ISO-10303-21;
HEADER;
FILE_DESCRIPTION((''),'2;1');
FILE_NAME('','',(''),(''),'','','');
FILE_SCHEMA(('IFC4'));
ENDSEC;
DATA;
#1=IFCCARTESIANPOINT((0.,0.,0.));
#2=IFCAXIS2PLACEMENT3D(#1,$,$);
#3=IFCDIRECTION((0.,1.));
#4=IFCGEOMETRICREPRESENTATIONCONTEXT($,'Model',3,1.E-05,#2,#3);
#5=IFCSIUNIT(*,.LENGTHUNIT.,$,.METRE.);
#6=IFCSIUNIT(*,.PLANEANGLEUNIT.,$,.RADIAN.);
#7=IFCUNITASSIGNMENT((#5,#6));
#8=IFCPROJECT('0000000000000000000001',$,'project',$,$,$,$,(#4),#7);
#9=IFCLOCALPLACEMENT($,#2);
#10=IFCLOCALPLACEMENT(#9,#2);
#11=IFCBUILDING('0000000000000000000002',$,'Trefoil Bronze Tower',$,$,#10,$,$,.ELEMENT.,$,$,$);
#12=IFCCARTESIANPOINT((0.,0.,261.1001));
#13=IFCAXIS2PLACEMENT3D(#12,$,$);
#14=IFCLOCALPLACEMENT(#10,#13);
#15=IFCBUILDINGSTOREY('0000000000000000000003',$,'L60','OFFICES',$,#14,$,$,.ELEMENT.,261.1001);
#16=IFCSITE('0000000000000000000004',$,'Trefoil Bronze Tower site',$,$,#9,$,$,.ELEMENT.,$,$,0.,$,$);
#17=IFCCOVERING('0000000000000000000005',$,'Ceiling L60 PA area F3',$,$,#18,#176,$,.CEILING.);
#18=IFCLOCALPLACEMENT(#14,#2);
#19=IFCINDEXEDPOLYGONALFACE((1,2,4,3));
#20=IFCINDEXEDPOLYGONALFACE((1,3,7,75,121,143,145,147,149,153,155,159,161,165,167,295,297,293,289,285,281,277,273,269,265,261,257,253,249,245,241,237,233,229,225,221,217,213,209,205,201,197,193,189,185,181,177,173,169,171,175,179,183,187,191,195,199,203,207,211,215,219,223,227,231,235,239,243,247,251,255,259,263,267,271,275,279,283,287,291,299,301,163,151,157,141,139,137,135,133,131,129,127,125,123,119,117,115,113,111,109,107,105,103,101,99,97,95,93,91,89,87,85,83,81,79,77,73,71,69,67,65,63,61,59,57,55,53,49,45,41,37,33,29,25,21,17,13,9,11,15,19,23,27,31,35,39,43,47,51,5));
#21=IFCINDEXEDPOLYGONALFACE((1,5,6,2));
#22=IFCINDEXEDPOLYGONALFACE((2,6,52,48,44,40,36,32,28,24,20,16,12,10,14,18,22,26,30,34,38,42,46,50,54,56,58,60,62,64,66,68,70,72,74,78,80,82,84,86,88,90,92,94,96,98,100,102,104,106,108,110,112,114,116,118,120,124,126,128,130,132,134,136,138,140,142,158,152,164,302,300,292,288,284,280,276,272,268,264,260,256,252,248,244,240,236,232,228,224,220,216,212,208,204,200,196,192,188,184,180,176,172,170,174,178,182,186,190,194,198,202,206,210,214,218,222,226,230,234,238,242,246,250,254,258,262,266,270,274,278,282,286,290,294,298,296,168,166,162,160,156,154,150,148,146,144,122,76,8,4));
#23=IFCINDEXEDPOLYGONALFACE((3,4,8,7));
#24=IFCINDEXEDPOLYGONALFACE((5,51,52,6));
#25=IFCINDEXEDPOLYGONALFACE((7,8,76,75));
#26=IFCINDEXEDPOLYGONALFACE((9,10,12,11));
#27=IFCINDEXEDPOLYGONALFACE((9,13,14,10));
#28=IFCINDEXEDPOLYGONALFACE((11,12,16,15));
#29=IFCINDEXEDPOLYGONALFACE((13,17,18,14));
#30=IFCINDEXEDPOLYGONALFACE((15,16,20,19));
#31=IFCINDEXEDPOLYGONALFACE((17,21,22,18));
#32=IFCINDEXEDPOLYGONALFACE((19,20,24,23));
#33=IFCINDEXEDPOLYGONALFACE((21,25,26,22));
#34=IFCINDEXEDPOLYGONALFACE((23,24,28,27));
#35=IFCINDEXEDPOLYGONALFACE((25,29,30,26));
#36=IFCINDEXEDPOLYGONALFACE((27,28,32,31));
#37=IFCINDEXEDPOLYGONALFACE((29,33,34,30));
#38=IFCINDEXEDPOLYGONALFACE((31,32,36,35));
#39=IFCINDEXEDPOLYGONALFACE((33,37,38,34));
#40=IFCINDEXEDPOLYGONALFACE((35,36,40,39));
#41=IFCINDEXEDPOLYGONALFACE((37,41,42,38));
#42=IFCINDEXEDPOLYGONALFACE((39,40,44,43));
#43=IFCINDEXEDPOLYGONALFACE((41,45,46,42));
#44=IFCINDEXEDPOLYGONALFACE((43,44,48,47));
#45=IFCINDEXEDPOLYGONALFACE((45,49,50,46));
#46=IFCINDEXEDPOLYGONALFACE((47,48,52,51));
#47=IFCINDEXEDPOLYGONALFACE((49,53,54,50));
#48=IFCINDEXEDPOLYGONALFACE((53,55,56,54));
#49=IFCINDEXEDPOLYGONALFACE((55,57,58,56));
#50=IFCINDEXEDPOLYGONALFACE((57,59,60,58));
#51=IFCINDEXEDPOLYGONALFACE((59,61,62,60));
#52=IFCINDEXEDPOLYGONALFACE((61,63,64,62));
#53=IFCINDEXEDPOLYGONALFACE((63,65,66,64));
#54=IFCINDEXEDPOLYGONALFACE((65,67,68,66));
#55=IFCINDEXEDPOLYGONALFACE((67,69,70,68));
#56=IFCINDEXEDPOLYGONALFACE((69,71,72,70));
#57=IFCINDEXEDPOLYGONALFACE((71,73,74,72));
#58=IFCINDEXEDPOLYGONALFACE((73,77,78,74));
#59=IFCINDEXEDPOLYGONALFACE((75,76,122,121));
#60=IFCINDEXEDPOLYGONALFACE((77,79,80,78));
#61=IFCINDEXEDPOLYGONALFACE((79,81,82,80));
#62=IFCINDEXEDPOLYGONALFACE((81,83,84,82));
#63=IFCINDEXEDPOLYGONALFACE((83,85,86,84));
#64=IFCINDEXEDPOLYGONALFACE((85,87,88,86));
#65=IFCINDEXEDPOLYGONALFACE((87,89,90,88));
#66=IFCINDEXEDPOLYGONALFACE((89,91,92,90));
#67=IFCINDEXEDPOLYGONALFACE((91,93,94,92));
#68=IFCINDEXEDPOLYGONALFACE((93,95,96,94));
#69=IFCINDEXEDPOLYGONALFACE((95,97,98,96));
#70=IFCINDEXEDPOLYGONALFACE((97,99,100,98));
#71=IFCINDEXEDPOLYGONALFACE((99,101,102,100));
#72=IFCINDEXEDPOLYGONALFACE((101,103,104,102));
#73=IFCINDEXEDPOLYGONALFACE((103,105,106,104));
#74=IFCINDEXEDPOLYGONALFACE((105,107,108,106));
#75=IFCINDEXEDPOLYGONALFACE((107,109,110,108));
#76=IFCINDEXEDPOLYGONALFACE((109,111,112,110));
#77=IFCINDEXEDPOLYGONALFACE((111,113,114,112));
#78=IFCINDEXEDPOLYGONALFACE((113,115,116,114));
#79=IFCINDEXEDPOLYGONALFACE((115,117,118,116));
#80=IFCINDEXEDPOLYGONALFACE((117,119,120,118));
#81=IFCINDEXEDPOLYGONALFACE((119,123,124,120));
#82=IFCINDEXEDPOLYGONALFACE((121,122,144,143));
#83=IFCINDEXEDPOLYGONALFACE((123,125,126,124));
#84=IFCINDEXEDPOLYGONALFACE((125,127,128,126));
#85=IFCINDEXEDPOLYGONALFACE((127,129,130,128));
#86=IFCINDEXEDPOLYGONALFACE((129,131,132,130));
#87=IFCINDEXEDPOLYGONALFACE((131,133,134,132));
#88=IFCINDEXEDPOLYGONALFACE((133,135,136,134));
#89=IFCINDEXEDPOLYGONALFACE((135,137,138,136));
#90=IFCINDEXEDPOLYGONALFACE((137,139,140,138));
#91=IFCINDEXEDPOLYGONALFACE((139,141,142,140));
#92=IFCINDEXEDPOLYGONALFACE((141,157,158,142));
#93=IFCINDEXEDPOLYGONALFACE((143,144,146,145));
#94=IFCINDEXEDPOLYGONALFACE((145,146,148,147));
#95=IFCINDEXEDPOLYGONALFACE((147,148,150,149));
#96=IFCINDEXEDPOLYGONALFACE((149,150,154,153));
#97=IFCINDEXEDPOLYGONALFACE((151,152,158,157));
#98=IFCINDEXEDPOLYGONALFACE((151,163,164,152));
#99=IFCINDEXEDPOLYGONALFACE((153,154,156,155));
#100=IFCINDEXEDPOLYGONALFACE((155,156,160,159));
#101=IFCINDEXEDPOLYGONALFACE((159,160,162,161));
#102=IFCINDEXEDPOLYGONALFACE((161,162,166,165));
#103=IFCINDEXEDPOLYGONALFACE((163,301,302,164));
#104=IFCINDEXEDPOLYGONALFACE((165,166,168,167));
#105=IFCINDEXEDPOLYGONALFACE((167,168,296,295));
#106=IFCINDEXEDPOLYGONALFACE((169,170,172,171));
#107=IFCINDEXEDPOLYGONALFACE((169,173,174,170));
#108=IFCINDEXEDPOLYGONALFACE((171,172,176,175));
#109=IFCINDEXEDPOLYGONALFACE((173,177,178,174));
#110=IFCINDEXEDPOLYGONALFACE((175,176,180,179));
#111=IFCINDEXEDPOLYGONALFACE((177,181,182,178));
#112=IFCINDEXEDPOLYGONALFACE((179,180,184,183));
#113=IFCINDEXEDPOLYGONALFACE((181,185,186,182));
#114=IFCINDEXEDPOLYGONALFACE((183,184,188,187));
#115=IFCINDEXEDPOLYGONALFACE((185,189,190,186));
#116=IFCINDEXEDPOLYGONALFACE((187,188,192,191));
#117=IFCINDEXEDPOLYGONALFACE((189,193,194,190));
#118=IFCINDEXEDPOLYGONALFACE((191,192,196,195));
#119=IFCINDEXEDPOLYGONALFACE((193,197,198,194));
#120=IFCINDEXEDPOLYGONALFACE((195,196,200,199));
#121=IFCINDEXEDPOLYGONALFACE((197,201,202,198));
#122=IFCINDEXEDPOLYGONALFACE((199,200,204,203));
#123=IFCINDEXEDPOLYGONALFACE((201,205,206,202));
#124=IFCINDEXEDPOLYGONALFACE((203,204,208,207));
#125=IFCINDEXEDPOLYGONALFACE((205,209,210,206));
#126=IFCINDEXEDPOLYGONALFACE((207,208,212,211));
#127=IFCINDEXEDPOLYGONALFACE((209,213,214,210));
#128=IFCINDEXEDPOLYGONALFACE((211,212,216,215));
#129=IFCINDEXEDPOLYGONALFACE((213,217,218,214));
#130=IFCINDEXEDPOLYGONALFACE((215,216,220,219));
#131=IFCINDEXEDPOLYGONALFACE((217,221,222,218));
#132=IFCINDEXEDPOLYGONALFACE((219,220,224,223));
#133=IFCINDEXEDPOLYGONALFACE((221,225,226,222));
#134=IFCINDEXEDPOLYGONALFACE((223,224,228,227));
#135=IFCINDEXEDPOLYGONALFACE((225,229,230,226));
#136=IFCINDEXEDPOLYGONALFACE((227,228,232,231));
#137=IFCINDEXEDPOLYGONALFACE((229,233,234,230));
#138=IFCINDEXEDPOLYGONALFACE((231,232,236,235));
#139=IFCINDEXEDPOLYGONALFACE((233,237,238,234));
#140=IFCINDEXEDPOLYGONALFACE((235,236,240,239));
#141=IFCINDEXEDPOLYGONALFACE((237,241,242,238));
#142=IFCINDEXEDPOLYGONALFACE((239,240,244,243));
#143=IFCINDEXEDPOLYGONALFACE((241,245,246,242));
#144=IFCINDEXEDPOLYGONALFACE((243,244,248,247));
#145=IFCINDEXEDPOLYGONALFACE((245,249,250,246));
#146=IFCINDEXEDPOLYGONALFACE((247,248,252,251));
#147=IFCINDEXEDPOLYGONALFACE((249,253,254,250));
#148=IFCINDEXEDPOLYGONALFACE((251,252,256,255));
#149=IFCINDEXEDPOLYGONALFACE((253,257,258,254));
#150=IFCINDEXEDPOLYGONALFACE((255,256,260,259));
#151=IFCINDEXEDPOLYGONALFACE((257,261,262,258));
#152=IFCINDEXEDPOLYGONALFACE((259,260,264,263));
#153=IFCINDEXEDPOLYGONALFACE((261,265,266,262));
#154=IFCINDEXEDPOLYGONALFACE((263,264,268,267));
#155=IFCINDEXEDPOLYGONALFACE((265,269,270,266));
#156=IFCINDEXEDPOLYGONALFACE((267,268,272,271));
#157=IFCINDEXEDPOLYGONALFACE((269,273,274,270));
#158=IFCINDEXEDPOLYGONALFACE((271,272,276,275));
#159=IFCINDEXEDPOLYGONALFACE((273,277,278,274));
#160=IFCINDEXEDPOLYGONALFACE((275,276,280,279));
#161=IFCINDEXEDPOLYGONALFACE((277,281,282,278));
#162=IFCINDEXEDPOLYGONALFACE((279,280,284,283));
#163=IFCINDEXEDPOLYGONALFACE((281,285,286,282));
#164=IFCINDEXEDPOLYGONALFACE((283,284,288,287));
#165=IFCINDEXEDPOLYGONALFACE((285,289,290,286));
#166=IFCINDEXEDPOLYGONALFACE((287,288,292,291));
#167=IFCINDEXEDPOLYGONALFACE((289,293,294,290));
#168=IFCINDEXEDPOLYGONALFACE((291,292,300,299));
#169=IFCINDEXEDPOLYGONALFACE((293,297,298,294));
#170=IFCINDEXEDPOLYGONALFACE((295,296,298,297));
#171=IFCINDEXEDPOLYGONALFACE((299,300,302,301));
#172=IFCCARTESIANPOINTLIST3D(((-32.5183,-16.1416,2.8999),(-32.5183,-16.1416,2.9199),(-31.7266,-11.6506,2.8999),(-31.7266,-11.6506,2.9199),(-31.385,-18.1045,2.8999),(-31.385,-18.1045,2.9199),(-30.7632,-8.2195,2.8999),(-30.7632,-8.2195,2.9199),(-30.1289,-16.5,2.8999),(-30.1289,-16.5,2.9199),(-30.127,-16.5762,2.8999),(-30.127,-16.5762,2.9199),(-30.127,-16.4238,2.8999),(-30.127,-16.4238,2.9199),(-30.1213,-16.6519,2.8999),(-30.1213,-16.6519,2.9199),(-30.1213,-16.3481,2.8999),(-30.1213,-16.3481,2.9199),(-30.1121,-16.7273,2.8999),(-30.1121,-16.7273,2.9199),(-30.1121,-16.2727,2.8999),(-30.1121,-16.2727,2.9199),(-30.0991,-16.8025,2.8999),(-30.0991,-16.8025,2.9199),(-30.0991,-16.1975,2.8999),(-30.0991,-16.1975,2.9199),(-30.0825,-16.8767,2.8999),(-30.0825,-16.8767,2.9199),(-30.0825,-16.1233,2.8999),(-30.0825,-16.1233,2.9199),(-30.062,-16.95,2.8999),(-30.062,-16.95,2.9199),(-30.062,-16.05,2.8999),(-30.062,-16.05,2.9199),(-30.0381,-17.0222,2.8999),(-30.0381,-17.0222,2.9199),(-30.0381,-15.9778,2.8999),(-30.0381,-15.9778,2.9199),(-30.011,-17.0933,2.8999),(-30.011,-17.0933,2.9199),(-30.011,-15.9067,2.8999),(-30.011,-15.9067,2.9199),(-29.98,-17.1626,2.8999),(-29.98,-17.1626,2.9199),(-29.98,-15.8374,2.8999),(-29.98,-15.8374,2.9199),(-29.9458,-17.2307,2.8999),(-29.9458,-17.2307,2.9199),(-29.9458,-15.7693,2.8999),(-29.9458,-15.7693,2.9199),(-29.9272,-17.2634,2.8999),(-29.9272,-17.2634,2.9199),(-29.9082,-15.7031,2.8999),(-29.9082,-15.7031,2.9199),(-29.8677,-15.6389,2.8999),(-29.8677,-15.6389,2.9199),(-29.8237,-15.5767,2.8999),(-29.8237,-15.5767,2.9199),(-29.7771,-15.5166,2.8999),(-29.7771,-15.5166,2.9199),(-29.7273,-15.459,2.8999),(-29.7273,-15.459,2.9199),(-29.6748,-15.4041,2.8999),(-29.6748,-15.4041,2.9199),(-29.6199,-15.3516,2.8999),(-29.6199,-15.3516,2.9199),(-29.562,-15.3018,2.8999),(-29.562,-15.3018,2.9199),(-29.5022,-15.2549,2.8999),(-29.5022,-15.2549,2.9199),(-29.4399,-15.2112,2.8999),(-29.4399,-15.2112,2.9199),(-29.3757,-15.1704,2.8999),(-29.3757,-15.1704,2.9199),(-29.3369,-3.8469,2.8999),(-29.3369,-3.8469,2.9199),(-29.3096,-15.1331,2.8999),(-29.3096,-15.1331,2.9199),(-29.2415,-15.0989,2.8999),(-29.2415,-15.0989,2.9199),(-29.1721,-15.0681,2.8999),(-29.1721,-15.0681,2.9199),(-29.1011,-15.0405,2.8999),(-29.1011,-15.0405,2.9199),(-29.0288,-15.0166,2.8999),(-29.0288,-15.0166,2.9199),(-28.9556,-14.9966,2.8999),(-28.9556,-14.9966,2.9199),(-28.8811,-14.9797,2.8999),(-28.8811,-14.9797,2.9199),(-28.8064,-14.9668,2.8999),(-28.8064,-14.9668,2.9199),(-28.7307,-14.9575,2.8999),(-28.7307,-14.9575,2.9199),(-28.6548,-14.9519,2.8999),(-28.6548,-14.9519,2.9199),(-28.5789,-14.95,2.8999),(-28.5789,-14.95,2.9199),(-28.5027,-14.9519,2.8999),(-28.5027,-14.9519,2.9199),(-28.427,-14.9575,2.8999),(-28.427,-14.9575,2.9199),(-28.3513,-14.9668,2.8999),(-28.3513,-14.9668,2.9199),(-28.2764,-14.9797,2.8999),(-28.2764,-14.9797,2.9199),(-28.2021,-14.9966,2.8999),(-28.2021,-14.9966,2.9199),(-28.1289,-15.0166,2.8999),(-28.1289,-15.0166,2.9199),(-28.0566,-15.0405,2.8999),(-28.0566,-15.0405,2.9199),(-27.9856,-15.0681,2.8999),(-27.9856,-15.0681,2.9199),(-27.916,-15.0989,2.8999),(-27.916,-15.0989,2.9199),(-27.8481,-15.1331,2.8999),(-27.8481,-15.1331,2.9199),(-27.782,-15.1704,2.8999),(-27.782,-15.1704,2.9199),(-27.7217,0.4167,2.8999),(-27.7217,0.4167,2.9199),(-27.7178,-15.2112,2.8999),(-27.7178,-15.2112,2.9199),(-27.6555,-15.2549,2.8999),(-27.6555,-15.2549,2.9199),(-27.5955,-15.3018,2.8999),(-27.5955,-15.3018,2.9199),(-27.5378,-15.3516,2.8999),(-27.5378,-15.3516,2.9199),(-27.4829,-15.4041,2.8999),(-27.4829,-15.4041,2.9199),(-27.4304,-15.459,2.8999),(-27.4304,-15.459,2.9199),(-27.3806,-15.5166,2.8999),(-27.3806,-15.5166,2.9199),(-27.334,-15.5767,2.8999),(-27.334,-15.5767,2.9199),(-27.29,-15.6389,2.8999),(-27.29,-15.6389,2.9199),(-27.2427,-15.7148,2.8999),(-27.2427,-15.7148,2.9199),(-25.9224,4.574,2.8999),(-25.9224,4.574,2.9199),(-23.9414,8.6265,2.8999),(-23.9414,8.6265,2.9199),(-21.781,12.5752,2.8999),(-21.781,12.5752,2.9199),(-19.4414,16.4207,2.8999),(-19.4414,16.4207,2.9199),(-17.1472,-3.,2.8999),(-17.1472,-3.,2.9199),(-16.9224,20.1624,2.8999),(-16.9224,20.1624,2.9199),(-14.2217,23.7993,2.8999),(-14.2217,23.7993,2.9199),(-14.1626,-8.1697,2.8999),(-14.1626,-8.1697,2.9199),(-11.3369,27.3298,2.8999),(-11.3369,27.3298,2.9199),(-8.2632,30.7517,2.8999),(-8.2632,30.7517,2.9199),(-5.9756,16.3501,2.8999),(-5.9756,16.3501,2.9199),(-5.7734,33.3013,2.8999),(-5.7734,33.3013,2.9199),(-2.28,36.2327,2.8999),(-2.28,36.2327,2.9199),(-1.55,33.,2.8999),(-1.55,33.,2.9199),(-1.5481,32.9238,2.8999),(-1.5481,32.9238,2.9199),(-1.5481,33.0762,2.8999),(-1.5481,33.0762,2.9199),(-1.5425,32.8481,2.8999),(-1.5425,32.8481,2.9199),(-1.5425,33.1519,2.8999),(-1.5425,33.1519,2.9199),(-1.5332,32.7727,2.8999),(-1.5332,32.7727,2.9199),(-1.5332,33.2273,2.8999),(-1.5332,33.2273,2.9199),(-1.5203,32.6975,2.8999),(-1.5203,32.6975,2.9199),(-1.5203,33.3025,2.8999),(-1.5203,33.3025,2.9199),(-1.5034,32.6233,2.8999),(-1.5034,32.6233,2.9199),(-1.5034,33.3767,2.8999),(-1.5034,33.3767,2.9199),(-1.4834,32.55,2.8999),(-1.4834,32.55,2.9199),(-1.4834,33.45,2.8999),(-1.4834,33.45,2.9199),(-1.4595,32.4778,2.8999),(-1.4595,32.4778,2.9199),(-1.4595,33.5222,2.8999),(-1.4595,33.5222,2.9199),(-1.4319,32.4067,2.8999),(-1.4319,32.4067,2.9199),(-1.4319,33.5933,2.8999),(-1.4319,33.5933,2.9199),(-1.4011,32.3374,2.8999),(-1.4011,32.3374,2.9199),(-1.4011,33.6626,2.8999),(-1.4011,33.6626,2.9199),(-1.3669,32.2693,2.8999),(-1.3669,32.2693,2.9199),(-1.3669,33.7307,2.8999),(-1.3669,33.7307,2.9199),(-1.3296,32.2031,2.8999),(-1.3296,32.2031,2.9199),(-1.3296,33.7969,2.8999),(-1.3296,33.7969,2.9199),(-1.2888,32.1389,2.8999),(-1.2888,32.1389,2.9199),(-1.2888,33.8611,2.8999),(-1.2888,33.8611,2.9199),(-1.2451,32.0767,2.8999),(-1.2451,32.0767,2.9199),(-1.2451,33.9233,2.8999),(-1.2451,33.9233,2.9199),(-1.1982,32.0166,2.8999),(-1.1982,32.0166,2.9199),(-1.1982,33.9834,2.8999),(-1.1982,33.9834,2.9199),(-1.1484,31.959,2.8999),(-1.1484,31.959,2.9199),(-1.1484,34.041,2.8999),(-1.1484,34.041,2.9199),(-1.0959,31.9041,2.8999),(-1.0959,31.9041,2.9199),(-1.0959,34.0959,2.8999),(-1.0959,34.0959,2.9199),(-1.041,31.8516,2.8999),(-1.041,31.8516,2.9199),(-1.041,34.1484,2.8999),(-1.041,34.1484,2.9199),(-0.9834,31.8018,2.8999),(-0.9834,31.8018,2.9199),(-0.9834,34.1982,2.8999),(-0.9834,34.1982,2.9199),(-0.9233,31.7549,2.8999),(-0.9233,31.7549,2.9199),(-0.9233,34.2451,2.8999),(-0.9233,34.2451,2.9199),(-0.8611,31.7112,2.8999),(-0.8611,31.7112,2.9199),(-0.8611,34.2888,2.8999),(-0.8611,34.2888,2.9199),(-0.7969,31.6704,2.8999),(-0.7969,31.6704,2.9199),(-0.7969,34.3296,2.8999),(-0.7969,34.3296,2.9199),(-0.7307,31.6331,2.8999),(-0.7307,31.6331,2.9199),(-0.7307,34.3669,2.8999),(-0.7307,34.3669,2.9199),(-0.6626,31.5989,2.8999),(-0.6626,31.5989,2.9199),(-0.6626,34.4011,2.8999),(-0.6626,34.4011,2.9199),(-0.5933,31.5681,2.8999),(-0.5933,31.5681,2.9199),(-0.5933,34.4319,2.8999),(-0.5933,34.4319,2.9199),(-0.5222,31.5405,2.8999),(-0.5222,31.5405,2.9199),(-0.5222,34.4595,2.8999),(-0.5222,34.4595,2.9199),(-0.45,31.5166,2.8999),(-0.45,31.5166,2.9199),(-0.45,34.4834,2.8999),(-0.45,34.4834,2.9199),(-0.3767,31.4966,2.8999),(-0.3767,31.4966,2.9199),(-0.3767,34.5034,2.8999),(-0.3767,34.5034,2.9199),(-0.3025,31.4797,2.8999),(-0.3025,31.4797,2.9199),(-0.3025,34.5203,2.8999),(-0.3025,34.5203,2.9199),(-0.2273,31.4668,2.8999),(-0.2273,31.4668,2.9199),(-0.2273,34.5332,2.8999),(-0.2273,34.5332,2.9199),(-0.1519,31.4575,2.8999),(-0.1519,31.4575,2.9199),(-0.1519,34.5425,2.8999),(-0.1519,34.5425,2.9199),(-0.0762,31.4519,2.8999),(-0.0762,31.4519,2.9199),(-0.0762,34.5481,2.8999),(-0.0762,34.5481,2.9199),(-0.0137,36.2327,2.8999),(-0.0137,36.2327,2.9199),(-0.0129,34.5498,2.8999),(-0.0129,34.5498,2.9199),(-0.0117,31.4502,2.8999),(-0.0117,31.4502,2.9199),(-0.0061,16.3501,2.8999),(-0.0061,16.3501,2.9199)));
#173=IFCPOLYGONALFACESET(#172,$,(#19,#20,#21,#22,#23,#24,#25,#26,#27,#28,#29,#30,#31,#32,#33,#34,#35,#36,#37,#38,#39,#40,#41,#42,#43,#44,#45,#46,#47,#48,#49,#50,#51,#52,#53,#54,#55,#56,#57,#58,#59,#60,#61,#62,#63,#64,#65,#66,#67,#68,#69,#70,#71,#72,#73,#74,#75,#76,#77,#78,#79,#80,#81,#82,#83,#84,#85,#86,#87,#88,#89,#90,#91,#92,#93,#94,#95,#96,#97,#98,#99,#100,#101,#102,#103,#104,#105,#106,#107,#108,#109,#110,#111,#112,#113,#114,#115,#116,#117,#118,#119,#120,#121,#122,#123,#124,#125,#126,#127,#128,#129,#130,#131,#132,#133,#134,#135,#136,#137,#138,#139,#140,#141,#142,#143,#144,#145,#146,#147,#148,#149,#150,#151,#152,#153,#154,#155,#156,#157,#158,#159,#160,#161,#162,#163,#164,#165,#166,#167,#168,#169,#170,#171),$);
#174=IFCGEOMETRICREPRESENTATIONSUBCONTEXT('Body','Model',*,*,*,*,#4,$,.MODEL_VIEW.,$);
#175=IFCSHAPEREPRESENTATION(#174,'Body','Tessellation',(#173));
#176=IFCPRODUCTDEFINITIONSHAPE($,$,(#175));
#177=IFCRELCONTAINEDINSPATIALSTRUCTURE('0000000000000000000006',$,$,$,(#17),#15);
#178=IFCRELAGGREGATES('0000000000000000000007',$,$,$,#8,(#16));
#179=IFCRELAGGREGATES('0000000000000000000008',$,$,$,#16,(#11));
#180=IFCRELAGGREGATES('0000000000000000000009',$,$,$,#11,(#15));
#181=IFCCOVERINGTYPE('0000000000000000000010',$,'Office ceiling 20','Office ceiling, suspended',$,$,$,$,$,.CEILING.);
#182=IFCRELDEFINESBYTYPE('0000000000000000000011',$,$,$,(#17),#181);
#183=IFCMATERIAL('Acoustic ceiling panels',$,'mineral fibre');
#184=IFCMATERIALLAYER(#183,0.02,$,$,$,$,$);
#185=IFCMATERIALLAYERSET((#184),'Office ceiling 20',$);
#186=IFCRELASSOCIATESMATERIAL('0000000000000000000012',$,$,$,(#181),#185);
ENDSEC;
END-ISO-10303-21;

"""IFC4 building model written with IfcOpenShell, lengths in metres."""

from ifc_helpers import new_model, si_unit, direction, frame, origin, place, context, subcontext, project, spatial, polyline, outline, extrude, material, layer, layer_set, type_object, element, save


model = new_model("IFC4")

# Units and contexts
model_context = context("Model", 3, precision=1e-05, world=origin(), true_north=direction((0.0, 1.0)))
body_context = subcontext(model_context, "Body", "Model", "MODEL_VIEW")
ifc_project = project(units=[si_unit("LENGTHUNIT", "METRE"), si_unit("PLANEANGLEUNIT", "RADIAN")], contexts=[model_context])

# Site, building, storey
site_placement = place(None, origin())
site = spatial("IfcSite", under=ifc_project, at=site_placement, Name="Trefoil Bronze Tower site", CompositionType="ELEMENT", RefElevation=0.0)
building_placement = place(site_placement, origin())
building = spatial("IfcBuilding", under=site, at=building_placement, Name="Trefoil Bronze Tower", CompositionType="ELEMENT")
storey_placement = place(building_placement, frame((0.0, 0.0, 261.1001)))
storey = spatial("IfcBuildingStorey", under=building, at=storey_placement, Name="L60", Description="OFFICES", CompositionType="ELEMENT", Elevation=261.1001)

# Covering
ifc_material_1 = material(Name="Acoustic ceiling panels", Category="mineral fibre")
ifc_layer_1 = layer(ifc_material_1, 0.02)
ifc_layer_set_1 = layer_set([ifc_layer_1], Name="Office ceiling 20")
covering_type_1 = type_object("IfcCoveringType", Name="Office ceiling 20", Description="Office ceiling, suspended", PredefinedType="CEILING", material=ifc_layer_set_1)
covering_1_placement = place(storey_placement, frame((0.0, 0.0, 2.8999)))
element("IfcCovering", 1, at=covering_1_placement, inside=storey, type_object=covering_type_1, Name="Ceiling L60 PA area F3", PredefinedType="CEILING", context=body_context, shape_type="SweptSolid", body=[
    extrude(outline(polyline([(-30.7632, -8.2195), (-29.3369, -3.8469), (-27.7217, 0.4167), (-25.9224, 4.574), (-23.9414, 8.6265), (-21.781, 12.5752), (-19.4414, 16.4207), (-16.9224, 20.1624), (-14.2217, 23.7993), (-11.3369, 27.3298), (-8.2632, 30.7517), (-5.7734, 33.3013), (-2.28, 36.2327), (-0.0137, 36.2327), (-0.0129, 34.5498), (-0.0762, 34.5481), (-0.1519, 34.5425), (-0.2273, 34.5332), (-0.3025, 34.5203), (-0.3767, 34.5034), (-0.45, 34.4834), (-0.5222, 34.4595), (-0.5933, 34.4319), (-0.6626, 34.4011), (-0.7307, 34.3669), (-0.7969, 34.3296), (-0.8611, 34.2888), (-0.9233, 34.2451), (-0.9834, 34.1982), (-1.041, 34.1484), (-1.0959, 34.0959), (-1.1484, 34.041), (-1.1982, 33.9834), (-1.2451, 33.9233), (-1.2888, 33.8611), (-1.3296, 33.7969), (-1.3669, 33.7307), (-1.4011, 33.6626), (-1.4319, 33.5933), (-1.4595, 33.5222), (-1.4834, 33.45), (-1.5034, 33.3767), (-1.5203, 33.3025), (-1.5332, 33.2273), (-1.5425, 33.1519), (-1.5481, 33.0762), (-1.55, 33.0), (-1.5481, 32.9238), (-1.5425, 32.8481), (-1.5332, 32.7727), (-1.5203, 32.6975), (-1.5034, 32.6233), (-1.4834, 32.55), (-1.4595, 32.4778), (-1.4319, 32.4067), (-1.4011, 32.3374), (-1.3669, 32.2693), (-1.3296, 32.2031), (-1.2888, 32.1389), (-1.2451, 32.0767), (-1.1982, 32.0166), (-1.1484, 31.959), (-1.0959, 31.9041), (-1.041, 31.8516), (-0.9834, 31.8018), (-0.9233, 31.7549), (-0.8611, 31.7112), (-0.7969, 31.6704), (-0.7307, 31.6331), (-0.6626, 31.5989), (-0.5933, 31.5681), (-0.5222, 31.5405), (-0.45, 31.5166), (-0.3767, 31.4966), (-0.3025, 31.4797), (-0.2273, 31.4668), (-0.1519, 31.4575), (-0.0762, 31.4519), (-0.0117, 31.4502), (-0.0061, 16.3501), (-5.9756, 16.3501), (-17.1472, -3.0), (-14.1626, -8.1697), (-27.2427, -15.7148), (-27.29, -15.6389), (-27.334, -15.5767), (-27.3806, -15.5166), (-27.4304, -15.459), (-27.4829, -15.4041), (-27.5378, -15.3516), (-27.5955, -15.3018), (-27.6555, -15.2549), (-27.7178, -15.2112), (-27.782, -15.1704), (-27.8481, -15.1331), (-27.916, -15.0989), (-27.9856, -15.0681), (-28.0566, -15.0405), (-28.1289, -15.0166), (-28.2021, -14.9966), (-28.2764, -14.9797), (-28.3513, -14.9668), (-28.427, -14.9575), (-28.5027, -14.9519), (-28.5789, -14.95), (-28.6548, -14.9519), (-28.7307, -14.9575), (-28.8064, -14.9668), (-28.8811, -14.9797), (-28.9556, -14.9966), (-29.0288, -15.0166), (-29.1011, -15.0405), (-29.1721, -15.0681), (-29.2415, -15.0989), (-29.3096, -15.1331), (-29.3757, -15.1704), (-29.4399, -15.2112), (-29.5022, -15.2549), (-29.562, -15.3018), (-29.6199, -15.3516), (-29.6748, -15.4041), (-29.7273, -15.459), (-29.7771, -15.5166), (-29.8237, -15.5767), (-29.8677, -15.6389), (-29.9082, -15.7031), (-29.9458, -15.7693), (-29.98, -15.8374), (-30.011, -15.9067), (-30.0381, -15.9778), (-30.062, -16.05), (-30.0825, -16.1233), (-30.0991, -16.1975), (-30.1121, -16.2727), (-30.1213, -16.3481), (-30.127, -16.4238), (-30.1289, -16.5), (-30.127, -16.5762), (-30.1213, -16.6519), (-30.1121, -16.7273), (-30.0991, -16.8025), (-30.0825, -16.8767), (-30.062, -16.95), (-30.0381, -17.0222), (-30.011, -17.0933), (-29.98, -17.1626), (-29.9458, -17.2307), (-29.9272, -17.2634), (-31.385, -18.1045), (-32.5183, -16.1416), (-31.7266, -11.6506), (-30.7632, -8.2195)])), origin(), (0.0, 0.0, 1.0), 0.02),
])

save(model, "model.ifc")
